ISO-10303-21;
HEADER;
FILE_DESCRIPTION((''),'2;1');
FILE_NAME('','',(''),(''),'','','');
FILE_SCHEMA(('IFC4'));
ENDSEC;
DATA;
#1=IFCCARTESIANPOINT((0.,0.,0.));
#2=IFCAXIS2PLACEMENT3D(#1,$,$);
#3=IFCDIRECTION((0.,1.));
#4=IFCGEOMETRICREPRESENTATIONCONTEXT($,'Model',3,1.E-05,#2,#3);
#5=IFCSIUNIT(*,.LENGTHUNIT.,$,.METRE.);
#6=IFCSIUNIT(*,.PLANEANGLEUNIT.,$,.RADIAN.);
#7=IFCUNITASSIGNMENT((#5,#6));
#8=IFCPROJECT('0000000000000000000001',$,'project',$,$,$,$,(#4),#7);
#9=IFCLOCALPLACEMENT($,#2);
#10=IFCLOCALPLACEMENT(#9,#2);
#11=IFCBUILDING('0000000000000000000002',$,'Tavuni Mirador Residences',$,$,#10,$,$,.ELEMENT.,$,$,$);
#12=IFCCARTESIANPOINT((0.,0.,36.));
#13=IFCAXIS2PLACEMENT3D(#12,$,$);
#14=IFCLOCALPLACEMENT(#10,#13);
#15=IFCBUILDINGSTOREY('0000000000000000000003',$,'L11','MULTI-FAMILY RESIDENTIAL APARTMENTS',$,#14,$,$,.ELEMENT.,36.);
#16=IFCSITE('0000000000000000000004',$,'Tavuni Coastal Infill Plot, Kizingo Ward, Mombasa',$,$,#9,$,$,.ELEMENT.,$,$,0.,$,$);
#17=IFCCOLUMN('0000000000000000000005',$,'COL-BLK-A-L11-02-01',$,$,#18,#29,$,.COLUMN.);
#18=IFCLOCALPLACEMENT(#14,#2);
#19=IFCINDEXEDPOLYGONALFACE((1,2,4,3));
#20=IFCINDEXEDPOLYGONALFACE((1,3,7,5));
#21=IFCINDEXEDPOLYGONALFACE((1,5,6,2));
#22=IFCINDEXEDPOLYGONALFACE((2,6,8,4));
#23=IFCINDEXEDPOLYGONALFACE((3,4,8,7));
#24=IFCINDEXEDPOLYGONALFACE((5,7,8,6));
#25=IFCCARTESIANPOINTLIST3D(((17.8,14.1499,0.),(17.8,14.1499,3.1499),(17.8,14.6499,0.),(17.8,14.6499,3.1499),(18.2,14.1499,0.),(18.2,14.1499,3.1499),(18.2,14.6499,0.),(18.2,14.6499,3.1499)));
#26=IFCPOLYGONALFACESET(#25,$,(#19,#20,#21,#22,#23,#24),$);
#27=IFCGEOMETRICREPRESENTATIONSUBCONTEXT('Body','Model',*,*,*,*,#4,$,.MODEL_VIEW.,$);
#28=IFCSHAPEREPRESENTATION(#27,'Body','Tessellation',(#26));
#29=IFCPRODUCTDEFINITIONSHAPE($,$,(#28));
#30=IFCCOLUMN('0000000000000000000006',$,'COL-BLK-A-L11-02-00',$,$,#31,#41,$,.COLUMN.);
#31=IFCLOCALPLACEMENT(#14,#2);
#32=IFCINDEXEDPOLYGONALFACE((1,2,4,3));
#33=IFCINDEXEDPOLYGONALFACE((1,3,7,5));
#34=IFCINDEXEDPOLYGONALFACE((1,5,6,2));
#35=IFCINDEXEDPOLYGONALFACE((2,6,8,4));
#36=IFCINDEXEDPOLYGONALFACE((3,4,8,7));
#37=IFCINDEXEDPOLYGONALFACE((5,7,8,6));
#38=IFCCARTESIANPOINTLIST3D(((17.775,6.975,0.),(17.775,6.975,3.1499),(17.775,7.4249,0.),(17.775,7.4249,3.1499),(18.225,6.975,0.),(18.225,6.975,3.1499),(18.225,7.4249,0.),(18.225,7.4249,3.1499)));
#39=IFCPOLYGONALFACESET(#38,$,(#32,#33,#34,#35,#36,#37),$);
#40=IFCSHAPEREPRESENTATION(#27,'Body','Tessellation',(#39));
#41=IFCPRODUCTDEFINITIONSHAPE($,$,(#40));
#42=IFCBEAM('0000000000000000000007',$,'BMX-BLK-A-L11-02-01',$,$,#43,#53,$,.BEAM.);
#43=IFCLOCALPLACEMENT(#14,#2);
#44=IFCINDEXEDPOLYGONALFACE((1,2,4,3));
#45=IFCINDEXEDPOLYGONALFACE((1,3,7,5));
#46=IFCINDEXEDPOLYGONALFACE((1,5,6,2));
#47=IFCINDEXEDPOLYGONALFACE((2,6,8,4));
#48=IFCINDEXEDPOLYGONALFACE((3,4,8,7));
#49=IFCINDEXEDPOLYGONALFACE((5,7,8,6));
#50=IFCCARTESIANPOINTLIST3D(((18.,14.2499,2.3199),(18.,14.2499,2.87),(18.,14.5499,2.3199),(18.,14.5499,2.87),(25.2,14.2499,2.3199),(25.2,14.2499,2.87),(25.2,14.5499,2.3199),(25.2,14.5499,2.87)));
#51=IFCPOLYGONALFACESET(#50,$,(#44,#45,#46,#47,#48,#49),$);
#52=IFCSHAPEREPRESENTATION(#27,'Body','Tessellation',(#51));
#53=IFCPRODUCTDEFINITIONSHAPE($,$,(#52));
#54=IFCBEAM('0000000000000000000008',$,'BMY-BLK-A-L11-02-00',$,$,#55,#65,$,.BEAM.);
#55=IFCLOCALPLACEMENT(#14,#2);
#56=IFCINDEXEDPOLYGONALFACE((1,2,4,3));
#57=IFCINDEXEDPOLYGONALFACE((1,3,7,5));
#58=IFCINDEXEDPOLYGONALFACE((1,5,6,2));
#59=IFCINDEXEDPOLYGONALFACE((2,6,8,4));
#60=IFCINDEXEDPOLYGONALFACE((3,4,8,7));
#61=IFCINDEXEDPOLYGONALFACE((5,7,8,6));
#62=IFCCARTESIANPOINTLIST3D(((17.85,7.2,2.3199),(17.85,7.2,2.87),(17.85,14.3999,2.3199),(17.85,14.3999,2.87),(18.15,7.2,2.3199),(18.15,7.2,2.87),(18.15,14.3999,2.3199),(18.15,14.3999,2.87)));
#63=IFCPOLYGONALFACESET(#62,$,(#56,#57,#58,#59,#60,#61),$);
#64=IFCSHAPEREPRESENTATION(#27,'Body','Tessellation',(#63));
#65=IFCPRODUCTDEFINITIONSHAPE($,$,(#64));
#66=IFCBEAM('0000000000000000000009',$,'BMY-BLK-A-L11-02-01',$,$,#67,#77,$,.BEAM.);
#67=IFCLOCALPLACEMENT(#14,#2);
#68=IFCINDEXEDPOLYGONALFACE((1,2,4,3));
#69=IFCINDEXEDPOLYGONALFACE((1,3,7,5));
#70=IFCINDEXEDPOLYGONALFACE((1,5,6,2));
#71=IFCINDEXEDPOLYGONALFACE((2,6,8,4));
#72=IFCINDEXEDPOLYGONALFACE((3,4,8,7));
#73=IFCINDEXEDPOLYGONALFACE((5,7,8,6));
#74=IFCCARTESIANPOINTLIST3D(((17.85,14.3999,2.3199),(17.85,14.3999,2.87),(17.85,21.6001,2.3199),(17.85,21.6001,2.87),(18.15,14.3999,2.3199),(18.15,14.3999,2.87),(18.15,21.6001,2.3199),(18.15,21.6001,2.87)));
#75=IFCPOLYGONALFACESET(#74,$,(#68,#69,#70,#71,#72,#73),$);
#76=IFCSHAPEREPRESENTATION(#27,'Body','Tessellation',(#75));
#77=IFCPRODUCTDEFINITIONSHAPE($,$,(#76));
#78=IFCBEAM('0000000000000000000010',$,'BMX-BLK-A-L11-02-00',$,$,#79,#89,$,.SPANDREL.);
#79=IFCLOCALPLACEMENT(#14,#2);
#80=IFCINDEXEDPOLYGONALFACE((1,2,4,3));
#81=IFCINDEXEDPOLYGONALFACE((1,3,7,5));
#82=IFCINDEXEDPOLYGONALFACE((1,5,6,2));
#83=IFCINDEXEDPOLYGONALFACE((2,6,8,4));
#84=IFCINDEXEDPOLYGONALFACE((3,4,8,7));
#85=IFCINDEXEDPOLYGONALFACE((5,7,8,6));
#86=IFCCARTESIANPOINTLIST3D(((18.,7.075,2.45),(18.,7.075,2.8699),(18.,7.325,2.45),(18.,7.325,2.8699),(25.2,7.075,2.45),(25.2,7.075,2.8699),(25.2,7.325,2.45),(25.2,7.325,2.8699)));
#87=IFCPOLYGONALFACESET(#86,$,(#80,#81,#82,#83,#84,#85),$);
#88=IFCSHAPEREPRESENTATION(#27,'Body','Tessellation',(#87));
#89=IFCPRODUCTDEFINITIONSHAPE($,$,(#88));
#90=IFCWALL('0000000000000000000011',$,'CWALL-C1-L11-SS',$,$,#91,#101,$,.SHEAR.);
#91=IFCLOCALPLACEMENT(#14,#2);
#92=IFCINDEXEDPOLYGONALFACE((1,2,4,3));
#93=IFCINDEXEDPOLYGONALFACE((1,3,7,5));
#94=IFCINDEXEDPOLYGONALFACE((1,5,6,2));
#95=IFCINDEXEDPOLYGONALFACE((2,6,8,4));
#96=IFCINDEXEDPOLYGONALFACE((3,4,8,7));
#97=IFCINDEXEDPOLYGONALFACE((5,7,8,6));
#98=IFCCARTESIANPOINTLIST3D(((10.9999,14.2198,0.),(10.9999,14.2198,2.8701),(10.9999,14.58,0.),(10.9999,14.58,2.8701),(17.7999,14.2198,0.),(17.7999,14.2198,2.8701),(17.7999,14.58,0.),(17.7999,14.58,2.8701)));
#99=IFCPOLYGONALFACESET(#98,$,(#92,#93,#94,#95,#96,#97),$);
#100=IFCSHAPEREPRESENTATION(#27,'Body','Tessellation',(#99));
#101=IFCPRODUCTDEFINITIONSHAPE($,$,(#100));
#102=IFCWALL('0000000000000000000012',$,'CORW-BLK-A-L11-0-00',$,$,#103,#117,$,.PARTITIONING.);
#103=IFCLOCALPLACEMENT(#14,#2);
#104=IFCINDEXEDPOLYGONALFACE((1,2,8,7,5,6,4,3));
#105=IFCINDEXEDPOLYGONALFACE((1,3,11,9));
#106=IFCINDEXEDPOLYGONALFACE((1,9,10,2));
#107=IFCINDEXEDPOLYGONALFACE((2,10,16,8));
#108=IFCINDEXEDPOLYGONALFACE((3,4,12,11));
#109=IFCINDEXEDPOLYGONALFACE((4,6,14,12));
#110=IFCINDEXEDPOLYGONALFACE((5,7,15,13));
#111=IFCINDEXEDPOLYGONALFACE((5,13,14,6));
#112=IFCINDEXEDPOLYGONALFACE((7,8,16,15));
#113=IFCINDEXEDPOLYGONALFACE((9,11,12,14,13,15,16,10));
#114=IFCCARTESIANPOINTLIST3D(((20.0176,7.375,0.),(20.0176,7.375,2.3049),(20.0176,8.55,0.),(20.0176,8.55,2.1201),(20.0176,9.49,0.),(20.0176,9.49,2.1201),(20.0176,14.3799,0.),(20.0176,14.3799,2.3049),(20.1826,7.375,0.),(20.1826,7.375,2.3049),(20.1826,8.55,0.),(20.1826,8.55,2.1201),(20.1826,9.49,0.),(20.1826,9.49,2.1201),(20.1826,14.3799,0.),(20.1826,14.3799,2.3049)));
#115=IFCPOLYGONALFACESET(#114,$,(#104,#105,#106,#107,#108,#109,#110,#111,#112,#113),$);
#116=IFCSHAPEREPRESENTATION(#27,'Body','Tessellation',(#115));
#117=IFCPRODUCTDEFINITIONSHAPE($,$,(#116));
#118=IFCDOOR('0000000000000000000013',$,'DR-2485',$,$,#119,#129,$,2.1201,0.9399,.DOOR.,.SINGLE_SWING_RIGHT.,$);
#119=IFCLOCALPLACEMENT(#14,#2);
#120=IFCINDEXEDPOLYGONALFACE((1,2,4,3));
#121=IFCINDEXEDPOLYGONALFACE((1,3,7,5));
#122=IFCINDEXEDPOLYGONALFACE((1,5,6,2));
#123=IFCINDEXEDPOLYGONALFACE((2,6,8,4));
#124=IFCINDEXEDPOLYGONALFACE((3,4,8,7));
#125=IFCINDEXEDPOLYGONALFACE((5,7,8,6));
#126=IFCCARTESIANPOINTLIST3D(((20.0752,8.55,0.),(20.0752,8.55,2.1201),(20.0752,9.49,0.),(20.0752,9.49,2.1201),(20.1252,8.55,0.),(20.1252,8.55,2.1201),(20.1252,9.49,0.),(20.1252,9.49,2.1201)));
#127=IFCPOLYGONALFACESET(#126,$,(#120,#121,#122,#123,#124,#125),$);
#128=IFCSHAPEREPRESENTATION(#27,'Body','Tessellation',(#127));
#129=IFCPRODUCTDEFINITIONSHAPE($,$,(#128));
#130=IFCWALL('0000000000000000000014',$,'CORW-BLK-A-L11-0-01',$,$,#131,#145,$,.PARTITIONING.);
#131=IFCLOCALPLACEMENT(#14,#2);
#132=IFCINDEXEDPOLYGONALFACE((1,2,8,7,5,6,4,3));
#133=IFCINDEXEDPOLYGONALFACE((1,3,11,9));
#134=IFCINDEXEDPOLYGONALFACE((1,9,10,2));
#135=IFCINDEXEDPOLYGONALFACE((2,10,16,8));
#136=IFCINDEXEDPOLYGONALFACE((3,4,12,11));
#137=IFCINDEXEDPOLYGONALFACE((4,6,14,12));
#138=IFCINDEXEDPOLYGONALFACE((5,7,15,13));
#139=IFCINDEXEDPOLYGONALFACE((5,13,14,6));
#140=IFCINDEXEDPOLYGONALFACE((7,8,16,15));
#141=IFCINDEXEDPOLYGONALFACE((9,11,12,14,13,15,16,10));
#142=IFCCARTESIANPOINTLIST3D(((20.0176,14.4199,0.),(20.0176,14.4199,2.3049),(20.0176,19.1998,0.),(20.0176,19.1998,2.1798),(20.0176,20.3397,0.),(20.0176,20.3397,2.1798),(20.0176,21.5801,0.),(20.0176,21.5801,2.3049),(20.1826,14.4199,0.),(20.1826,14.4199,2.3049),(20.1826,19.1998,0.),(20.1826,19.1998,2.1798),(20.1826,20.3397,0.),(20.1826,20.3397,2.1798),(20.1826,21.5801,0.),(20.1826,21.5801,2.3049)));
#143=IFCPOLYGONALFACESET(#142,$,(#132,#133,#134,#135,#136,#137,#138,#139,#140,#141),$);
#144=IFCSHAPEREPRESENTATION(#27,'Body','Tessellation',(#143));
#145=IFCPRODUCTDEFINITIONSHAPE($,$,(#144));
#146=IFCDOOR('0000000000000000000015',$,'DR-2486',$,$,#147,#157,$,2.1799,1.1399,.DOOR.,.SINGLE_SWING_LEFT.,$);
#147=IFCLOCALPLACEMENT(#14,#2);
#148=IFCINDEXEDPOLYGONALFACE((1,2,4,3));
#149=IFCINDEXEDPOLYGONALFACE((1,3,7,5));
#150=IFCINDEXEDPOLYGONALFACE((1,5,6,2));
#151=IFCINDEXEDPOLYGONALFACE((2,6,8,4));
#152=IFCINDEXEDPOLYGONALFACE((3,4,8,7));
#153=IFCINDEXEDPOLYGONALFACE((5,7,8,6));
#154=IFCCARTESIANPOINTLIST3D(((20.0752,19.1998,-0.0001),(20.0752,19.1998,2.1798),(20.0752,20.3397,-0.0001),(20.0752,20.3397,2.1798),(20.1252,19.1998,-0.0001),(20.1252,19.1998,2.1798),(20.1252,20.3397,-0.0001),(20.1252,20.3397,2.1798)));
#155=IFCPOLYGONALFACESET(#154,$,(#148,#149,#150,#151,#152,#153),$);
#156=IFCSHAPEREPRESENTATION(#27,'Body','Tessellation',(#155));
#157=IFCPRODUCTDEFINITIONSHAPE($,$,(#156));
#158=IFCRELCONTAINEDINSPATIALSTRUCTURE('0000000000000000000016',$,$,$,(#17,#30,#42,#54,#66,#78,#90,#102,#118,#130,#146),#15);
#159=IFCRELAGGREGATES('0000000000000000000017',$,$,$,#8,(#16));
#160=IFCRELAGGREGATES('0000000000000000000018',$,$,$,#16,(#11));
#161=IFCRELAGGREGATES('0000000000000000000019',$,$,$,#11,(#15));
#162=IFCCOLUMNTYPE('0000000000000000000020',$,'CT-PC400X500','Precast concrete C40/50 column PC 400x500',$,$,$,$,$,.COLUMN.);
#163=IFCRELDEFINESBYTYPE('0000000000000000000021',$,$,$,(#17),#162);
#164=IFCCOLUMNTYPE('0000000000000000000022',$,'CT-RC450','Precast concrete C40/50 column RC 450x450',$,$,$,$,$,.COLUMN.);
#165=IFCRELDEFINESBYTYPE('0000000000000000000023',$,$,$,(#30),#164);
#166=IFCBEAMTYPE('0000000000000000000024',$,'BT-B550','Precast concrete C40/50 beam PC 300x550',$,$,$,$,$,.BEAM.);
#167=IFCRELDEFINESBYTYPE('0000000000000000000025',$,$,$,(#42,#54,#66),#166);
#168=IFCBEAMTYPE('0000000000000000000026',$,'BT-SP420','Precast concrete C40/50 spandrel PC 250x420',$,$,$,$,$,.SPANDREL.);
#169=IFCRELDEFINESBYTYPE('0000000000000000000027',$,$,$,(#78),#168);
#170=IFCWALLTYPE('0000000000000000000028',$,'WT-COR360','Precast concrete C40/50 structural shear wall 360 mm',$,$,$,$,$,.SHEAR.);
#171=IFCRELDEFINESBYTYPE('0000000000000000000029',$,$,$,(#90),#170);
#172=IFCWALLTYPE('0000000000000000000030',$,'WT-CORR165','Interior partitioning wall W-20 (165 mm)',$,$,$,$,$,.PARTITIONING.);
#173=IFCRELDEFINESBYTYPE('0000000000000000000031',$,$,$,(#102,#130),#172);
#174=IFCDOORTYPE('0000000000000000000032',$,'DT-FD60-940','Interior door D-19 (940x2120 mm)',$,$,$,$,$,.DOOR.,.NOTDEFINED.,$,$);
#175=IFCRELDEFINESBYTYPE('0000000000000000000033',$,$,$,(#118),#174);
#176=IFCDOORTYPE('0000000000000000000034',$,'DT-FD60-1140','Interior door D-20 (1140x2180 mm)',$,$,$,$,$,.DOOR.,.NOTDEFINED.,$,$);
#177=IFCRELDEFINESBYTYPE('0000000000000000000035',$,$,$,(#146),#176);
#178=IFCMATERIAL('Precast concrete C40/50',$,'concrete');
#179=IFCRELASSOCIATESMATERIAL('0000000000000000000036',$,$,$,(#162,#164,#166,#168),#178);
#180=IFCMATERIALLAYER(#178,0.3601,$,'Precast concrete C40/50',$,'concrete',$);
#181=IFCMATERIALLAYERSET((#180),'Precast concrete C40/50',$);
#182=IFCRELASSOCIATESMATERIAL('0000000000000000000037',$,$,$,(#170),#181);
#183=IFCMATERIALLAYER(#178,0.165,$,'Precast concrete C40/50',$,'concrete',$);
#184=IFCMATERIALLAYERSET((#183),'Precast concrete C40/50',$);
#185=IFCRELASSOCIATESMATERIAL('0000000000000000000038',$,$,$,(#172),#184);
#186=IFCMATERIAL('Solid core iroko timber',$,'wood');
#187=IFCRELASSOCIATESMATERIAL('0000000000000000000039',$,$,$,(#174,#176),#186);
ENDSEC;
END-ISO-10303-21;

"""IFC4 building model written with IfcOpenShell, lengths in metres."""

from ifc_helpers import new_model, si_unit, direction, frame, frame_2d, origin, origin_2d, place, context, subcontext, project, spatial, rectangle, extrude, material, layer, layer_set, material_profile, profile_set, type_object, element, fill, save


model = new_model("IFC4")

# Units and contexts
model_context = context("Model", 3, precision=1e-05, world=origin(), true_north=direction((0.0, 1.0)))
body_context = subcontext(model_context, "Body", "Model", "MODEL_VIEW")
ifc_project = project(units=[si_unit("LENGTHUNIT", "METRE"), si_unit("PLANEANGLEUNIT", "RADIAN")], contexts=[model_context])

# Site, building, storey
site_placement = place(None, origin())
site = spatial("IfcSite", under=ifc_project, at=site_placement, Name="Tavuni Coastal Infill Plot, Kizingo Ward, Mombasa", CompositionType="ELEMENT", RefElevation=0.0)
building_placement = place(site_placement, origin())
building = spatial("IfcBuilding", under=site, at=building_placement, Name="Tavuni Mirador Residences", CompositionType="ELEMENT")
storey_placement = place(building_placement, frame((0.0, 0.0, 36.0)))
storey = spatial("IfcBuildingStorey", under=building, at=storey_placement, Name="L11", Description="MULTI-FAMILY RESIDENTIAL APARTMENTS", CompositionType="ELEMENT", Elevation=36.0)

# Columns
ifc_material_1 = material(Name="Precast concrete C40/50", Category="concrete")
ifc_material_profile_1 = material_profile(ifc_material_1, rectangle(XDim=0.3999, YDim=0.5, at=origin_2d()), Name="PC 400x500", Category="concrete")
ifc_profile_set_1 = profile_set([ifc_material_profile_1], Name="Precast concrete C40/50")
column_type_1 = type_object("IfcColumnType", Name="CT-PC400X500", Description="Precast concrete C40/50 column PC 400x500", PredefinedType="COLUMN", material=ifc_profile_set_1)
column_1_placement = place(storey_placement, frame((18.0, 14.3999, 0.0), z_axis=(0.0, 0.0, 1.0), x_axis=(1.0, 0.0, 0.0)))
element("IfcColumn", 1, at=column_1_placement, inside=storey, type_object=column_type_1, Name="COL-BLK-A-L11-02-01", PredefinedType="COLUMN", context=body_context, shape_type="SweptSolid", body=[
    extrude(rectangle(XDim=0.3999, YDim=0.5, at=origin_2d()), origin(), (0.0, 0.0, 1.0), 3.1499),
])
ifc_material_profile_2 = material_profile(ifc_material_1, rectangle(XDim=0.45, YDim=0.45, at=origin_2d()), Name="RC 450x450", Category="concrete")
ifc_profile_set_2 = profile_set([ifc_material_profile_2], Name="Precast concrete C40/50")
column_type_2 = type_object("IfcColumnType", Name="CT-RC450", Description="Precast concrete C40/50 column RC 450x450", PredefinedType="COLUMN", material=ifc_profile_set_2)
column_2_placement = place(storey_placement, frame((18.0, 7.2, 0.0), z_axis=(0.0, 0.0, 1.0), x_axis=(1.0, 0.0, 0.0)))
element("IfcColumn", 2, at=column_2_placement, inside=storey, type_object=column_type_2, Name="COL-BLK-A-L11-02-00", PredefinedType="COLUMN", context=body_context, shape_type="SweptSolid", body=[
    extrude(rectangle(XDim=0.45, YDim=0.45, at=origin_2d()), origin(), (0.0, 0.0, 1.0), 3.1499),
])

# Beams
ifc_material_profile_3 = material_profile(ifc_material_1, rectangle(XDim=0.3, YDim=0.55, at=origin_2d()), Name="PC 300x550", Category="concrete")
ifc_profile_set_3 = profile_set([ifc_material_profile_3], Name="Precast concrete C40/50")
beam_type_1 = type_object("IfcBeamType", Name="BT-B550", Description="Precast concrete C40/50 beam PC 300x550", PredefinedType="BEAM", material=ifc_profile_set_3)
for number, where, z_axis, x_axis, name in (
    (3, (18.0, 14.3999, 2.595), (1.0, 0.0, 0.0), (0.0, 1.0, 0.0), "BMX-BLK-A-L11-02-01"),
    (4, (18.0, 7.2, 2.595), (0.0, 1.0, 0.0), (-1.0, 0.0, 0.0), "BMY-BLK-A-L11-02-00"),
):
    element("IfcBeam", number, at=place(storey_placement, frame(where, z_axis=z_axis, x_axis=x_axis)), inside=storey, type_object=beam_type_1, Name=name, PredefinedType="BEAM", context=body_context, shape_type="SweptSolid", body=[
        extrude(rectangle(XDim=0.3, YDim=0.55, at=origin_2d()), origin(), (0.0, 0.0, 1.0), 7.2),
    ])
beam_1_placement = place(storey_placement, frame((18.0, 14.3999, 2.595), z_axis=(0.0, 1.0, 0.0), x_axis=(-1.0, 0.0, 0.0)))
element("IfcBeam", 5, at=beam_1_placement, inside=storey, type_object=beam_type_1, Name="BMY-BLK-A-L11-02-01", PredefinedType="BEAM", context=body_context, shape_type="SweptSolid", body=[
    extrude(rectangle(XDim=0.3, YDim=0.55, at=origin_2d()), origin(), (0.0, 0.0, 1.0), 7.2002),
])
ifc_material_profile_4 = material_profile(ifc_material_1, rectangle(XDim=0.25, YDim=0.4199, at=origin_2d()), Name="PC 250x420", Category="concrete")
ifc_profile_set_4 = profile_set([ifc_material_profile_4], Name="Precast concrete C40/50")
beam_type_2 = type_object("IfcBeamType", Name="BT-SP420", Description="Precast concrete C40/50 spandrel PC 250x420", PredefinedType="SPANDREL", material=ifc_profile_set_4)
beam_2_placement = place(storey_placement, frame((18.0, 7.2, 2.6599), z_axis=(1.0, 0.0, 0.0), x_axis=(0.0, 1.0, 0.0)))
element("IfcBeam", 6, at=beam_2_placement, inside=storey, type_object=beam_type_2, Name="BMX-BLK-A-L11-02-00", PredefinedType="SPANDREL", context=body_context, shape_type="SweptSolid", body=[
    extrude(rectangle(XDim=0.25, YDim=0.4199, at=origin_2d()), origin(), (0.0, 0.0, 1.0), 7.2),
])

# Shared definitions
ifc_material_2 = material(Name="Solid core iroko timber", Category="wood")

# Wall
ifc_layer_1 = layer(ifc_material_1, 0.3601, Name="Precast concrete C40/50", Category="concrete")
ifc_layer_set_1 = layer_set([ifc_layer_1], Name="Precast concrete C40/50")
wall_type_1 = type_object("IfcWallType", Name="WT-COR360", Description="Precast concrete C40/50 structural shear wall 360 mm", PredefinedType="SHEAR", material=ifc_layer_set_1)
wall_1_placement = place(storey_placement, frame((11.0, 14.3999, 0.0), z_axis=(0.0, 0.0, 1.0), x_axis=(1.0, 0.0, 0.0)))
element("IfcWall", 7, at=wall_1_placement, inside=storey, type_object=wall_type_1, Name="CWALL-C1-L11-SS", PredefinedType="SHEAR", context=body_context, shape_type="SweptSolid", body=[
    extrude(rectangle(XDim=6.8, YDim=0.3601, at=frame_2d((3.3999, 0.0))), origin(), (0.0, 0.0, 1.0), 2.8701),
])

# Walls, openings, doors
ifc_layer_2 = layer(ifc_material_1, 0.165, Name="Precast concrete C40/50", Category="concrete")
ifc_layer_set_2 = layer_set([ifc_layer_2], Name="Precast concrete C40/50")
wall_type_2 = type_object("IfcWallType", Name="WT-CORR165", Description="Interior partitioning wall W-20 (165 mm)", PredefinedType="PARTITIONING", material=ifc_layer_set_2)
wall_2_placement = place(storey_placement, frame((20.1001, 7.375, 0.0), z_axis=(0.0, 0.0, 1.0), x_axis=(0.0, 1.0, 0.0)))
wall_2 = element("IfcWall", 8, at=wall_2_placement, inside=storey, type_object=wall_type_2, Name="CORW-BLK-A-L11-0-00", PredefinedType="PARTITIONING", context=body_context, shape_type="SweptSolid", body=[
    extrude(rectangle(XDim=7.0049, YDim=0.165, at=frame_2d((3.5024, 0.0))), origin(), (0.0, 0.0, 1.0), 2.3049),
])
opening_1_placement = place(wall_2_placement, frame((1.175, 0.0, 0.0)))
opening_1 = element("IfcOpeningElement", 9, at=opening_1_placement, cuts=wall_2, PredefinedType="OPENING", context=body_context, shape_type="SweptSolid", body=[
    extrude(rectangle(XDim=0.9399, YDim=2.1201, at=frame_2d((0.47, 1.0601))), frame((0.0, 0.0925, 0.0), z_axis=(0.0, -1.0, 0.0), x_axis=(1.0, 0.0, 0.0)), (0.0, 0.0, 1.0), 0.1851),
])
door_type_1 = type_object("IfcDoorType", Name="DT-FD60-940", Description="Interior door D-19 (940x2120 mm)", OperationType="NOTDEFINED", PredefinedType="DOOR", material=ifc_material_2)
door_1_placement = place(opening_1_placement, origin())
door_1 = element("IfcDoor", 10, at=door_1_placement, inside=storey, type_object=door_type_1, Name="DR-2485", OperationType="SINGLE_SWING_RIGHT", OverallHeight=2.1201, OverallWidth=0.9399, PredefinedType="DOOR", context=body_context, shape_type="SweptSolid", body=[
    extrude(rectangle(XDim=0.9399, YDim=2.1201, at=frame_2d((0.47, 1.0601))), frame((0.0, 0.0249, 0.0), z_axis=(0.0, -1.0, 0.0), x_axis=(1.0, 0.0, 0.0)), (0.0, 0.0, 1.0), 0.05),
])
fill(opening_1, door_1)
wall_3_placement = place(storey_placement, frame((20.1001, 14.4199, 0.0), z_axis=(0.0, 0.0, 1.0), x_axis=(0.0, 1.0, 0.0)))
wall_3 = element("IfcWall", 11, at=wall_3_placement, inside=storey, type_object=wall_type_2, Name="CORW-BLK-A-L11-0-01", PredefinedType="PARTITIONING", context=body_context, shape_type="SweptSolid", body=[
    extrude(rectangle(XDim=7.1602, YDim=0.165, at=frame_2d((3.5801, 0.0))), origin(), (0.0, 0.0, 1.0), 2.3049),
])
opening_2_placement = place(wall_3_placement, frame((4.78, 0.0, 0.0)))
opening_2 = element("IfcOpeningElement", 12, at=opening_2_placement, cuts=wall_3, PredefinedType="OPENING", context=body_context, shape_type="SweptSolid", body=[
    extrude(rectangle(XDim=1.1399, YDim=2.1799, at=frame_2d((0.5698, 1.0898))), frame((0.0, 0.0925, 0.0), z_axis=(0.0, -1.0, 0.0), x_axis=(1.0, 0.0, 0.0)), (0.0, 0.0, 1.0), 0.1851),
])
door_type_2 = type_object("IfcDoorType", Name="DT-FD60-1140", Description="Interior door D-20 (1140x2180 mm)", OperationType="NOTDEFINED", PredefinedType="DOOR", material=ifc_material_2)
door_2_placement = place(opening_2_placement, origin())
door_2 = element("IfcDoor", 13, at=door_2_placement, inside=storey, type_object=door_type_2, Name="DR-2486", OperationType="SINGLE_SWING_LEFT", OverallHeight=2.1799, OverallWidth=1.1399, PredefinedType="DOOR", context=body_context, shape_type="SweptSolid", body=[
    extrude(rectangle(XDim=1.1399, YDim=2.1799, at=frame_2d((0.5698, 1.0898))), frame((0.0, 0.0249, 0.0), z_axis=(0.0, -1.0, 0.0), x_axis=(1.0, 0.0, 0.0)), (0.0, 0.0, 1.0), 0.05),
])
fill(opening_2, door_2)

save(model, "model.ifc")
